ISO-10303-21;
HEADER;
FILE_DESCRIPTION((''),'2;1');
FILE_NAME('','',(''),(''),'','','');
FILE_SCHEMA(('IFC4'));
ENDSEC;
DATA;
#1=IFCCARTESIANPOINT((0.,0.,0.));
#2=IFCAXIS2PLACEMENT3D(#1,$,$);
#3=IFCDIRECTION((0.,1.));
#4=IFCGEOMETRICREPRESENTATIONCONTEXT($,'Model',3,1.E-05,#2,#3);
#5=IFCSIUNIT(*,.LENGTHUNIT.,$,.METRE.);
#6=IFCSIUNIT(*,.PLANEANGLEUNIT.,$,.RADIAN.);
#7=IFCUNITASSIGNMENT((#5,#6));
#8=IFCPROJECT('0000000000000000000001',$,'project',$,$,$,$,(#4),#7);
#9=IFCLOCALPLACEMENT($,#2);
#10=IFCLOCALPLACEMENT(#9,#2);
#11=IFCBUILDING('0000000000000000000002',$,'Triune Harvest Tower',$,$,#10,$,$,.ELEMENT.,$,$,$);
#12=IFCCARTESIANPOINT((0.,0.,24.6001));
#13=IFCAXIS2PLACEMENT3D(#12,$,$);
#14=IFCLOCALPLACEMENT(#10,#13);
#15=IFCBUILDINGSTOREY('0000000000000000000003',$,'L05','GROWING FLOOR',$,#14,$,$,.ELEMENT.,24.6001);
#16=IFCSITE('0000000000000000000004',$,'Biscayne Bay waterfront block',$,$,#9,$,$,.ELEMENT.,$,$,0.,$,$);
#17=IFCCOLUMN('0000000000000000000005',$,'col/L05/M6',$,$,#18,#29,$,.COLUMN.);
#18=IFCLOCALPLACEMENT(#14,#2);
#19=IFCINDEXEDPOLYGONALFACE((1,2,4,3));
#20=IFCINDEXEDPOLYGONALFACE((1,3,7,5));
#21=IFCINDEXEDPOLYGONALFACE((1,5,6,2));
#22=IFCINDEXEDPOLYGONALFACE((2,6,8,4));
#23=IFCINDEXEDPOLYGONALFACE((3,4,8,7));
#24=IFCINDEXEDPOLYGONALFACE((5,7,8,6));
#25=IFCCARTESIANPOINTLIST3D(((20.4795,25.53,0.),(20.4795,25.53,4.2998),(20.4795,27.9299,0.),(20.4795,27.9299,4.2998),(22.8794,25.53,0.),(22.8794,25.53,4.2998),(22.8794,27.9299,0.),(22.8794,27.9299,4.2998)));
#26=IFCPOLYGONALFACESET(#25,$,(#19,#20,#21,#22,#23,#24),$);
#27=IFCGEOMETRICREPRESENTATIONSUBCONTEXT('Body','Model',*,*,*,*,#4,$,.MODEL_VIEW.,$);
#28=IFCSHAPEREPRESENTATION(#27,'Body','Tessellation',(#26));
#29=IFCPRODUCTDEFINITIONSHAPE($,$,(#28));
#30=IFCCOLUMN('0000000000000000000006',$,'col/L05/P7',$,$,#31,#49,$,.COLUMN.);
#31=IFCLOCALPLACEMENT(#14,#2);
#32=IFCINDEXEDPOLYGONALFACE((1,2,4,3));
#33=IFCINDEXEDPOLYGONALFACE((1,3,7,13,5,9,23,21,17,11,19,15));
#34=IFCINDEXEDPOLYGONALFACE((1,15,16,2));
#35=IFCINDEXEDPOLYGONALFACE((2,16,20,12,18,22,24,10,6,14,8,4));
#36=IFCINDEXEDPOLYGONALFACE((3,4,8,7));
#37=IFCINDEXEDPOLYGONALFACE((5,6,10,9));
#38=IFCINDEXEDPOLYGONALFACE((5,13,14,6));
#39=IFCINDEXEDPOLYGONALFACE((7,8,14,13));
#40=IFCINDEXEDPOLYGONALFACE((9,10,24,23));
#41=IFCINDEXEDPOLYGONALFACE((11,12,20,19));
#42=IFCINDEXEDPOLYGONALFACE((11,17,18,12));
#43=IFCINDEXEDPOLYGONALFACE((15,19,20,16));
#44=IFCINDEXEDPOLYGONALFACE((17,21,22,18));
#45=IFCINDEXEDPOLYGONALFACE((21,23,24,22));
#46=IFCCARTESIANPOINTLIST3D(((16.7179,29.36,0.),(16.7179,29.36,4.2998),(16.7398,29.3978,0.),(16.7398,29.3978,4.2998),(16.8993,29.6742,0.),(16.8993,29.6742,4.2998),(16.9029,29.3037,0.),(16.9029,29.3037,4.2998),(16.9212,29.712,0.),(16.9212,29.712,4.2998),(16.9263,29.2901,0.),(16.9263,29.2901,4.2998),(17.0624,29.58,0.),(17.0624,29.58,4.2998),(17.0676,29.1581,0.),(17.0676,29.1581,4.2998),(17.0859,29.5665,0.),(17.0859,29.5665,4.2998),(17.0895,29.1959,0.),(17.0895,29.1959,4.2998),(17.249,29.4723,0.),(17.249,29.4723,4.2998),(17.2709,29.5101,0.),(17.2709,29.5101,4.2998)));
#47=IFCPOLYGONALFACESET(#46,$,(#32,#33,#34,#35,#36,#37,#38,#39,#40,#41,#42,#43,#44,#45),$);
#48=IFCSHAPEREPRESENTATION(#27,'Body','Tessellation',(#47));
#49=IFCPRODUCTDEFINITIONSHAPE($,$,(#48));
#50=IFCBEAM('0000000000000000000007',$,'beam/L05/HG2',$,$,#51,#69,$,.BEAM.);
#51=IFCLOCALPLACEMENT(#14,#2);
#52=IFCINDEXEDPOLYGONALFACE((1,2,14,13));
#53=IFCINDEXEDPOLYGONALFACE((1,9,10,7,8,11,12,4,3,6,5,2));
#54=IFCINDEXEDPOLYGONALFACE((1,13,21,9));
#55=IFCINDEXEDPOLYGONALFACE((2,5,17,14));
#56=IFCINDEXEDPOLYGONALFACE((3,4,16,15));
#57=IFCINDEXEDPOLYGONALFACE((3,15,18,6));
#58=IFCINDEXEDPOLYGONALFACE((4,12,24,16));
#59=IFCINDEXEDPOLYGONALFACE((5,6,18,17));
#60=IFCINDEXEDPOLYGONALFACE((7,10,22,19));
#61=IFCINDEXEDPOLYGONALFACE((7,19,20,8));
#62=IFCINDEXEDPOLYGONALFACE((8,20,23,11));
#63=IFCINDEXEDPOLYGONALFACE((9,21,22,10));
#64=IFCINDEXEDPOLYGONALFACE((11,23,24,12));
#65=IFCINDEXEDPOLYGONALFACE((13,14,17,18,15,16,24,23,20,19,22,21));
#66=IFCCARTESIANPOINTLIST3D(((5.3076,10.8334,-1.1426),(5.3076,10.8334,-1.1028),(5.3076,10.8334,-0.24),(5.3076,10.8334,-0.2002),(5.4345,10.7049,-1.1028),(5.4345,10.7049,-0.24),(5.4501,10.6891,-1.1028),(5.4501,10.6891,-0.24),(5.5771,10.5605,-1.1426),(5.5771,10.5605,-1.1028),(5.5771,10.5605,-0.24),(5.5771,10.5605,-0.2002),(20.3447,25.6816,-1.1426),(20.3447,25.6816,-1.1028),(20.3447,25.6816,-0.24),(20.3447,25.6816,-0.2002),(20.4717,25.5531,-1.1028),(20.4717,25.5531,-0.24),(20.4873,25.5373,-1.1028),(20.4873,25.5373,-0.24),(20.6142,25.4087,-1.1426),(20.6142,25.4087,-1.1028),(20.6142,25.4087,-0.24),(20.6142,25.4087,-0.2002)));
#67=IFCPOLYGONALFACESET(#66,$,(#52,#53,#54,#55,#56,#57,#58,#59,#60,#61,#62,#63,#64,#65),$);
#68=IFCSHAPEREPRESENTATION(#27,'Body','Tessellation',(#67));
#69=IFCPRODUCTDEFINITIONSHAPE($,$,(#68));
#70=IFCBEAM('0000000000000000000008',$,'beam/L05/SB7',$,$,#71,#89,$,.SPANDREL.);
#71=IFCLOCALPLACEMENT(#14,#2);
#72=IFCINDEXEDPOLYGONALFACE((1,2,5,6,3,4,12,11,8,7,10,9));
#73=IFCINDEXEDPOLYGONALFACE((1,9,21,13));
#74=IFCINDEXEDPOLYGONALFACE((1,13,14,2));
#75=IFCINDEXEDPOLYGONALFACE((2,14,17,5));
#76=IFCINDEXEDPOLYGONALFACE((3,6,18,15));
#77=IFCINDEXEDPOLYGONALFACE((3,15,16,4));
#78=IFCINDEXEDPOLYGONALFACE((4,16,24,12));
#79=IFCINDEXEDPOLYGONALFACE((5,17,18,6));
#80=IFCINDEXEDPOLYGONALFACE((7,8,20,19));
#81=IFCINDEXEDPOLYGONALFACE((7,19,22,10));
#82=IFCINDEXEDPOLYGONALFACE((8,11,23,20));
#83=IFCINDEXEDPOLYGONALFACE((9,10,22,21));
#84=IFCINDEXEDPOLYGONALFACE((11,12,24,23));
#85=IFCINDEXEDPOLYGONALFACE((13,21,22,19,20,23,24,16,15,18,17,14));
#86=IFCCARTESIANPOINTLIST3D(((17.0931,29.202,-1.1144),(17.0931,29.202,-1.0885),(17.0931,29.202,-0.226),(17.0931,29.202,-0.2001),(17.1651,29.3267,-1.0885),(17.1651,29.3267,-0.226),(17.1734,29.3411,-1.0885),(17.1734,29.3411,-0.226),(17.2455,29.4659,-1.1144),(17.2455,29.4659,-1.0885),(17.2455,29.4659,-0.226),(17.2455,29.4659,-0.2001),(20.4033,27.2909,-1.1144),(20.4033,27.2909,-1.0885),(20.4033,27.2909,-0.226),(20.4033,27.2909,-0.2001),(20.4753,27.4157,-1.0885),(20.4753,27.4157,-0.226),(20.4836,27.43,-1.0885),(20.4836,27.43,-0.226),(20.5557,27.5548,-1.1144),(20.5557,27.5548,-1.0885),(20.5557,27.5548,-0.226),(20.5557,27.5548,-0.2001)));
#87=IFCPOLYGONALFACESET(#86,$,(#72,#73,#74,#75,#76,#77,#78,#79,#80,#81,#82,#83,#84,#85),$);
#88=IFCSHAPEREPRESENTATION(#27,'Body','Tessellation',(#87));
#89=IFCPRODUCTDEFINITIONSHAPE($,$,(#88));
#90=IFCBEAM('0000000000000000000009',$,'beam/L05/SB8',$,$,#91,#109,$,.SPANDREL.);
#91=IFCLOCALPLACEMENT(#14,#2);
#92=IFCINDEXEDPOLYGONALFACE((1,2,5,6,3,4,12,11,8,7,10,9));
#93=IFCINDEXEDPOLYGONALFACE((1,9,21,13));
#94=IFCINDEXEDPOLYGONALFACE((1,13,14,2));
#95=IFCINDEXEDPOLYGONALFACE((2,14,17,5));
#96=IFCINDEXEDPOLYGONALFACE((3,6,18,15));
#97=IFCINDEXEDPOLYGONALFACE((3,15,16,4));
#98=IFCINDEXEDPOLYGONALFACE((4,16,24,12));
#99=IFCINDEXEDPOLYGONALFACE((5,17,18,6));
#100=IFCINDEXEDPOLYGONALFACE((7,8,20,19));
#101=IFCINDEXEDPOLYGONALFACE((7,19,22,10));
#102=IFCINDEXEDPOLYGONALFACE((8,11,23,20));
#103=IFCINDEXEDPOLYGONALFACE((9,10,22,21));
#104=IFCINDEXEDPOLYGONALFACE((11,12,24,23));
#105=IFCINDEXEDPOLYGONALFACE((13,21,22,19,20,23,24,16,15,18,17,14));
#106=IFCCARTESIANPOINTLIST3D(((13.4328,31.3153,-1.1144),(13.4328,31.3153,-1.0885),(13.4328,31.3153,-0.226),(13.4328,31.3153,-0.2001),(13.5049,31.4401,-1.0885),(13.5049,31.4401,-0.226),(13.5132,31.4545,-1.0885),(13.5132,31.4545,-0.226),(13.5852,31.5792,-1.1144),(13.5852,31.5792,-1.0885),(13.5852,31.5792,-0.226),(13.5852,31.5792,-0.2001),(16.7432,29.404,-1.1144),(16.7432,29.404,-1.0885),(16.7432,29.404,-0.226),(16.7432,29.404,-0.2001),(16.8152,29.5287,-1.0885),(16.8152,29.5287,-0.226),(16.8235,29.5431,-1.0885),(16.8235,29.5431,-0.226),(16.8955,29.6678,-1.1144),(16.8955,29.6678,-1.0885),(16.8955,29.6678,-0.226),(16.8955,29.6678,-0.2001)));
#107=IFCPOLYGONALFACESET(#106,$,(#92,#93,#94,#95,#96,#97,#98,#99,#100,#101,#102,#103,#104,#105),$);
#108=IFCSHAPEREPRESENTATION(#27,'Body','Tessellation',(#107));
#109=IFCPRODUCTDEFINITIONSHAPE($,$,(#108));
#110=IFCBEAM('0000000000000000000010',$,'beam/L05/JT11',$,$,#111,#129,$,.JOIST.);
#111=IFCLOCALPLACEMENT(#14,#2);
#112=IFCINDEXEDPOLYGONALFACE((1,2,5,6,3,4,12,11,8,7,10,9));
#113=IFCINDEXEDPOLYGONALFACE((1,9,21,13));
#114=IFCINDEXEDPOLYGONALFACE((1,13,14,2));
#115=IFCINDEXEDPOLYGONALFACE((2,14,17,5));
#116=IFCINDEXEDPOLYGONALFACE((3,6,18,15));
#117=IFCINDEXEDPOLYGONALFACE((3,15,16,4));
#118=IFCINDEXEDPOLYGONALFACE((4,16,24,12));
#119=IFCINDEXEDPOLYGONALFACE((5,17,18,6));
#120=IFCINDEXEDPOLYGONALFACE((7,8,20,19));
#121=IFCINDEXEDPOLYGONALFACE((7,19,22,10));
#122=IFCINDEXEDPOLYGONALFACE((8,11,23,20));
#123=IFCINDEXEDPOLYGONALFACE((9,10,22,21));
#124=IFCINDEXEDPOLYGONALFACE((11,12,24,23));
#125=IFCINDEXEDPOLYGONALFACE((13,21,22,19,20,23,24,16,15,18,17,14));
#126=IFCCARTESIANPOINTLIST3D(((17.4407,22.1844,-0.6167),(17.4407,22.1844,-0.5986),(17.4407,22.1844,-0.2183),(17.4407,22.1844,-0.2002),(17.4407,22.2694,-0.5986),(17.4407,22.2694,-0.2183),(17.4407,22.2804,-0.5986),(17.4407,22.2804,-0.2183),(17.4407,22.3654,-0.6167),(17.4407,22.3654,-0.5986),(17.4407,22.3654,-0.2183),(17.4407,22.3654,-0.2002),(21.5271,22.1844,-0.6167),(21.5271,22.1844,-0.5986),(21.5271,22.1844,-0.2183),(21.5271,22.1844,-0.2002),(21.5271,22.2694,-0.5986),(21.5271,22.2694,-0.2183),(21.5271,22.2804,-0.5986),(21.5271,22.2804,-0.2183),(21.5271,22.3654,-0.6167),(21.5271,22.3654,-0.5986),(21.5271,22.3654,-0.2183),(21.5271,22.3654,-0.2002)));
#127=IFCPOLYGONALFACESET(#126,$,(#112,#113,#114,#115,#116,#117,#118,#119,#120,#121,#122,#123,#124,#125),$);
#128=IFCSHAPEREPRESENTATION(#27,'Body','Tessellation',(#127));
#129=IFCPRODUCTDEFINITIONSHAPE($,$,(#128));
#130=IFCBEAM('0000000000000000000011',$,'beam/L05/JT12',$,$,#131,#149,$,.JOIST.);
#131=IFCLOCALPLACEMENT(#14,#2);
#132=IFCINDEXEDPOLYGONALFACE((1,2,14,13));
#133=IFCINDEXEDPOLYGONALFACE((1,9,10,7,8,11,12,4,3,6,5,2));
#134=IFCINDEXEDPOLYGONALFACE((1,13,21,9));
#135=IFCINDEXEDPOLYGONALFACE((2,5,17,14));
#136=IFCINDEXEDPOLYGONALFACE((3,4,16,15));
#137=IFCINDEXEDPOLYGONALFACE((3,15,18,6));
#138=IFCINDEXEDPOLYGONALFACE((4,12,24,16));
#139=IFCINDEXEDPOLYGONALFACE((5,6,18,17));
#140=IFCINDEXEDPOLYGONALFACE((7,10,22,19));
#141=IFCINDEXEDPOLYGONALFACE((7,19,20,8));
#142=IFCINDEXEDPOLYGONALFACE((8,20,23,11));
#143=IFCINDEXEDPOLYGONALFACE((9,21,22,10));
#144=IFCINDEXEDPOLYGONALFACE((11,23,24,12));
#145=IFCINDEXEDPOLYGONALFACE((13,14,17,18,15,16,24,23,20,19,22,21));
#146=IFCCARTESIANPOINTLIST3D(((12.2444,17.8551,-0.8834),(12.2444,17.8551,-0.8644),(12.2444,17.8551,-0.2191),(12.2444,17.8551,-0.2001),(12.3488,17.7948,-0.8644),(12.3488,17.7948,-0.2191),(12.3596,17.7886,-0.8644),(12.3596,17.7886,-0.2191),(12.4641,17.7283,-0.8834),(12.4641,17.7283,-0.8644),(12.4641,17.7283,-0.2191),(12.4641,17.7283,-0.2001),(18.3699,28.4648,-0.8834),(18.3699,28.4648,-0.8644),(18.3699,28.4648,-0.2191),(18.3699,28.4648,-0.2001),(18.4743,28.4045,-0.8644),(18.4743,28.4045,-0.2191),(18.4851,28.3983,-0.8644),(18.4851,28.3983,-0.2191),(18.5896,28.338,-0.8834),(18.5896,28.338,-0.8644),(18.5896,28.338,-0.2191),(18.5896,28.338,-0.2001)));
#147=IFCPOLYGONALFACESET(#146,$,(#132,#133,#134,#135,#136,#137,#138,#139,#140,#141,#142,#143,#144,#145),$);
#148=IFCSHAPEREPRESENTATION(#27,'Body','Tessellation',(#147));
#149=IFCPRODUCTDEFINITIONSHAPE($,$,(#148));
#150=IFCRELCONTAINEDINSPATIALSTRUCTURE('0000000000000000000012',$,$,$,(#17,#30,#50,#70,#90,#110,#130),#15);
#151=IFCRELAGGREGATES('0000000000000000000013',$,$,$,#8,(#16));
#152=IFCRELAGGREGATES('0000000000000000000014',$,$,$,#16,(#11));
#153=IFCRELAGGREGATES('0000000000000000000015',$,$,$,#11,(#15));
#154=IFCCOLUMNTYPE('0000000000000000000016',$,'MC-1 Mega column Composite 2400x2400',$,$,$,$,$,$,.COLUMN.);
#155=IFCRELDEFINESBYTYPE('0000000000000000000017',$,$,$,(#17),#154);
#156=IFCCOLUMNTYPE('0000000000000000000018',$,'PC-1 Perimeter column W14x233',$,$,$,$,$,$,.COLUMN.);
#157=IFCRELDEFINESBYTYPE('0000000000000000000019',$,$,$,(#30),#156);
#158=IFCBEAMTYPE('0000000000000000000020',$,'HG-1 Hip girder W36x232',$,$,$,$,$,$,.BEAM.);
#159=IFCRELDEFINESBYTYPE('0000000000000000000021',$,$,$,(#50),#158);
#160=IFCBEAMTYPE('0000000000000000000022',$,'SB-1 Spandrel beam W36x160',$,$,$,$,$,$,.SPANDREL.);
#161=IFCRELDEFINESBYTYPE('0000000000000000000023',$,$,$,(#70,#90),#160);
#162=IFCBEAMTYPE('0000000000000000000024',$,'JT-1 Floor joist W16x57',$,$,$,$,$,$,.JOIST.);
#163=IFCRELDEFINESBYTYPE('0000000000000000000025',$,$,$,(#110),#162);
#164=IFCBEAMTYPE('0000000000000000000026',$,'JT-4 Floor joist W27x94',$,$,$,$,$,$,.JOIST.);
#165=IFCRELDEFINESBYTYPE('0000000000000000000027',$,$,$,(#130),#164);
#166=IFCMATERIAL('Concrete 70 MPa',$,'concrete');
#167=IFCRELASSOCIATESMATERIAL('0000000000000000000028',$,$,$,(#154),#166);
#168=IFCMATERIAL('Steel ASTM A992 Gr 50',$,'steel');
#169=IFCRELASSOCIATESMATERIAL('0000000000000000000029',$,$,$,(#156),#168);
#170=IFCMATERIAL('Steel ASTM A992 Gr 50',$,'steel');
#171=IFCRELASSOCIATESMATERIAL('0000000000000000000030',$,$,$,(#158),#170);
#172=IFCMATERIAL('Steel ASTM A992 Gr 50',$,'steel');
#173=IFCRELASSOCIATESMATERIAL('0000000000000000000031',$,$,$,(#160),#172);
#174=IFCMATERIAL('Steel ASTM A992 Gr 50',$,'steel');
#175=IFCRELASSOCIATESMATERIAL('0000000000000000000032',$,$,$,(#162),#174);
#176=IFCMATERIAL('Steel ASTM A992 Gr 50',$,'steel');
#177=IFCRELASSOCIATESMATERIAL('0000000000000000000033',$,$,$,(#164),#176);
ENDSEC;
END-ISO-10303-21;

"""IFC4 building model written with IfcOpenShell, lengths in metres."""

from ifc_helpers import new_model, si_unit, direction, frame, origin, origin_2d, place, context, subcontext, project, spatial, rectangle, i_section, extrude, source, transform, mapped, material, material_profile, profile_set, type_object, element, save


model = new_model("IFC4")

# Units and contexts
model_context = context("Model", 3, precision=1e-05, world=origin(), true_north=direction((0.0, 1.0)))
body_context = subcontext(model_context, "Body", "Model", "MODEL_VIEW")
ifc_project = project(units=[si_unit("LENGTHUNIT", "METRE"), si_unit("PLANEANGLEUNIT", "RADIAN")], contexts=[model_context])

# Site, building, storey
site_placement = place(None, origin())
site = spatial("IfcSite", under=ifc_project, at=site_placement, Name="Biscayne Bay waterfront block", CompositionType="ELEMENT", RefElevation=0.0)
building_placement = place(site_placement, origin())
building = spatial("IfcBuilding", under=site, at=building_placement, Name="Triune Harvest Tower", CompositionType="ELEMENT")
storey_placement = place(building_placement, frame((0.0, 0.0, 24.6001)))
storey = spatial("IfcBuildingStorey", under=building, at=storey_placement, Name="L05", Description="GROWING FLOOR", CompositionType="ELEMENT", Elevation=24.6001)

# Columns
ifc_material_1 = material(Name="Concrete 70 MPa", Category="concrete")
ifc_material_profile_1 = material_profile(ifc_material_1, rectangle(XDim=2.3999, YDim=2.3999, at=origin_2d()), Name="Composite 2400x2400")
ifc_profile_set_1 = profile_set([ifc_material_profile_1], Name="Concrete 70 MPa")
column_type_1 = type_object("IfcColumnType", Name="MC-1 Mega column Composite 2400x2400", PredefinedType="COLUMN", material=ifc_profile_set_1)
shared_shape_1 = source(origin(), body_context, "Body", "SweptSolid", [
    extrude(rectangle(XDim=2.3999, YDim=2.3999, at=origin_2d()), origin(), (0.0, 0.0, 1.0), 4.2998),
])
column_1_placement = place(storey_placement, frame((21.6794, 26.73, 0.0), z_axis=(0.0, 0.0, 1.0), x_axis=(0.0, 1.0, 0.0)))
element("IfcColumn", 1, at=column_1_placement, inside=storey, type_object=column_type_1, Name="col/L05/M6", PredefinedType="COLUMN", context=body_context, shape_type="MappedRepresentation", body=[
    mapped(shared_shape_1, transform((0.0, 0.0, 0.0), scale=1.0)),
])
ifc_material_2 = material(Name="Steel ASTM A992 Gr 50", Category="steel")
ifc_material_profile_2 = material_profile(ifc_material_2, i_section(OverallWidth=0.4038, OverallDepth=0.4065, WebThickness=0.0271, FlangeThickness=0.0437, at=origin_2d()), Name="W14x233")
ifc_profile_set_2 = profile_set([ifc_material_profile_2], Name="Steel ASTM A992 Gr 50")
column_type_2 = type_object("IfcColumnType", Name="PC-1 Perimeter column W14x233", PredefinedType="COLUMN", material=ifc_profile_set_2)
shared_shape_2 = source(origin(), body_context, "Body", "SweptSolid", [
    extrude(i_section(OverallWidth=0.4038, OverallDepth=0.4065, WebThickness=0.0271, FlangeThickness=0.0437, at=origin_2d()), origin(), (0.0, 0.0, 1.0), 4.2998),
])
column_2_placement = place(storey_placement, frame((16.9944, 29.4351, 0.0), z_axis=(0.0, 0.0, 1.0), x_axis=(-0.866026, 0.499998, 0.0)))
element("IfcColumn", 2, at=column_2_placement, inside=storey, type_object=column_type_2, Name="col/L05/P7", PredefinedType="COLUMN", context=body_context, shape_type="MappedRepresentation", body=[
    mapped(shared_shape_2, transform((0.0, 0.0, 0.0), scale=1.0)),
])

# Beams
ifc_material_3 = material(Name="Steel ASTM A992 Gr 50", Category="steel")
ifc_material_profile_3 = material_profile(ifc_material_3, i_section(OverallWidth=0.3835, OverallDepth=0.9424, WebThickness=0.0222, FlangeThickness=0.0398, at=origin_2d()), Name="W36x232")
ifc_profile_set_3 = profile_set([ifc_material_profile_3], Name="Steel ASTM A992 Gr 50")
beam_type_1 = type_object("IfcBeamType", Name="HG-1 Hip girder W36x232", PredefinedType="BEAM", material=ifc_profile_set_3)
shared_shape_3 = source(origin(), body_context, "Body", "SweptSolid", [
    extrude(i_section(OverallWidth=0.3835, OverallDepth=0.9424, WebThickness=0.0222, FlangeThickness=0.0398, at=origin_2d()), origin(), (0.0, 0.0, 1.0), 21.1326),
])
beam_1_placement = place(storey_placement, frame((20.4795, 25.5452, -0.6714), z_axis=(-0.711564, -0.702622, 0.0), x_axis=(0.702622, -0.711564, 0.0)))
element("IfcBeam", 3, at=beam_1_placement, inside=storey, type_object=beam_type_1, Name="beam/L05/HG2", PredefinedType="BEAM", context=body_context, shape_type="MappedRepresentation", body=[
    mapped(shared_shape_3, transform((0.0, 0.0, 0.0), scale=1.0)),
])
ifc_material_4 = material(Name="Steel ASTM A992 Gr 50", Category="steel")
ifc_material_profile_4 = material_profile(ifc_material_4, i_section(OverallWidth=0.3047, OverallDepth=0.9143, WebThickness=0.0166, FlangeThickness=0.0259, at=origin_2d()), Name="W36x160")
ifc_profile_set_4 = profile_set([ifc_material_profile_4], Name="Steel ASTM A992 Gr 50")
beam_type_2 = type_object("IfcBeamType", Name="SB-1 Spandrel beam W36x160", PredefinedType="SPANDREL", material=ifc_profile_set_4)
shared_shape_4 = source(origin(), body_context, "Body", "SweptSolid", [
    extrude(i_section(OverallWidth=0.3047, OverallDepth=0.9143, WebThickness=0.0166, FlangeThickness=0.0259, at=origin_2d()), origin(), (0.0, 0.0, 1.0), 3.8223),
])
beam_2_placement = place(storey_placement, frame((20.4795, 27.4229, -0.6572), z_axis=(-0.866033, 0.499986, 0.0), x_axis=(-0.499986, -0.866033, 0.0)))
element("IfcBeam", 4, at=beam_2_placement, inside=storey, type_object=beam_type_2, Name="beam/L05/SB7", PredefinedType="SPANDREL", context=body_context, shape_type="MappedRepresentation", body=[
    mapped(shared_shape_4, transform((0.0, 0.0, 0.0), scale=1.0)),
])
shared_shape_5 = source(origin(), body_context, "Body", "SweptSolid", [
    extrude(i_section(OverallWidth=0.3047, OverallDepth=0.9143, WebThickness=0.0166, FlangeThickness=0.0259, at=origin_2d()), origin(), (0.0, 0.0, 1.0), 3.8225),
])
beam_3_placement = place(storey_placement, frame((16.8193, 29.5359, -0.6572), z_axis=(-0.866006, 0.500034, 0.0), x_axis=(-0.500034, -0.866006, 0.0)))
element("IfcBeam", 5, at=beam_3_placement, inside=storey, type_object=beam_type_2, Name="beam/L05/SB8", PredefinedType="SPANDREL", context=body_context, shape_type="MappedRepresentation", body=[
    mapped(shared_shape_5, transform((0.0, 0.0, 0.0), scale=1.0)),
])
ifc_material_5 = material(Name="Steel ASTM A992 Gr 50", Category="steel")
ifc_material_profile_5 = material_profile(ifc_material_5, i_section(OverallWidth=0.1809, OverallDepth=0.4165, WebThickness=0.011, FlangeThickness=0.0181, at=origin_2d()), Name="W16x57")
ifc_profile_set_5 = profile_set([ifc_material_profile_5], Name="Steel ASTM A992 Gr 50")
beam_type_3 = type_object("IfcBeamType", Name="JT-1 Floor joist W16x57", PredefinedType="JOIST", material=ifc_profile_set_5)
shared_shape_6 = source(origin(), body_context, "Body", "SweptSolid", [
    extrude(i_section(OverallWidth=0.1809, OverallDepth=0.4165, WebThickness=0.011, FlangeThickness=0.0181, at=origin_2d()), origin(), (0.0, 0.0, 1.0), 4.0864),
])
beam_4_placement = place(storey_placement, frame((21.5271, 22.2749, -0.4084), z_axis=(-1.0, 0.0, 0.0), x_axis=(0.0, -1.0, 0.0)))
element("IfcBeam", 6, at=beam_4_placement, inside=storey, type_object=beam_type_3, Name="beam/L05/JT11", PredefinedType="JOIST", context=body_context, shape_type="MappedRepresentation", body=[
    mapped(shared_shape_6, transform((0.0, 0.0, 0.0), scale=1.0)),
])
ifc_material_6 = material(Name="Steel ASTM A992 Gr 50", Category="steel")
ifc_material_profile_6 = material_profile(ifc_material_6, i_section(OverallWidth=0.2537, OverallDepth=0.6833, WebThickness=0.0125, FlangeThickness=0.019, at=origin_2d()), Name="W27x94")
ifc_profile_set_6 = profile_set([ifc_material_profile_6], Name="Steel ASTM A992 Gr 50")
beam_type_4 = type_object("IfcBeamType", Name="JT-4 Floor joist W27x94", PredefinedType="JOIST", material=ifc_profile_set_6)
shared_shape_7 = source(origin(), body_context, "Body", "SweptSolid", [
    extrude(i_section(OverallWidth=0.2537, OverallDepth=0.6833, WebThickness=0.0125, FlangeThickness=0.019, at=origin_2d()), origin(), (0.0, 0.0, 1.0), 12.251),
])
beam_5_placement = place(storey_placement, frame((18.4797, 28.4014, -0.5417), z_axis=(-0.500001, -0.866025, 0.0), x_axis=(0.866025, -0.500001, 0.0)))
element("IfcBeam", 7, at=beam_5_placement, inside=storey, type_object=beam_type_4, Name="beam/L05/JT12", PredefinedType="JOIST", context=body_context, shape_type="MappedRepresentation", body=[
    mapped(shared_shape_7, transform((0.0, 0.0, 0.0), scale=1.0)),
])

save(model, "model.ifc")
